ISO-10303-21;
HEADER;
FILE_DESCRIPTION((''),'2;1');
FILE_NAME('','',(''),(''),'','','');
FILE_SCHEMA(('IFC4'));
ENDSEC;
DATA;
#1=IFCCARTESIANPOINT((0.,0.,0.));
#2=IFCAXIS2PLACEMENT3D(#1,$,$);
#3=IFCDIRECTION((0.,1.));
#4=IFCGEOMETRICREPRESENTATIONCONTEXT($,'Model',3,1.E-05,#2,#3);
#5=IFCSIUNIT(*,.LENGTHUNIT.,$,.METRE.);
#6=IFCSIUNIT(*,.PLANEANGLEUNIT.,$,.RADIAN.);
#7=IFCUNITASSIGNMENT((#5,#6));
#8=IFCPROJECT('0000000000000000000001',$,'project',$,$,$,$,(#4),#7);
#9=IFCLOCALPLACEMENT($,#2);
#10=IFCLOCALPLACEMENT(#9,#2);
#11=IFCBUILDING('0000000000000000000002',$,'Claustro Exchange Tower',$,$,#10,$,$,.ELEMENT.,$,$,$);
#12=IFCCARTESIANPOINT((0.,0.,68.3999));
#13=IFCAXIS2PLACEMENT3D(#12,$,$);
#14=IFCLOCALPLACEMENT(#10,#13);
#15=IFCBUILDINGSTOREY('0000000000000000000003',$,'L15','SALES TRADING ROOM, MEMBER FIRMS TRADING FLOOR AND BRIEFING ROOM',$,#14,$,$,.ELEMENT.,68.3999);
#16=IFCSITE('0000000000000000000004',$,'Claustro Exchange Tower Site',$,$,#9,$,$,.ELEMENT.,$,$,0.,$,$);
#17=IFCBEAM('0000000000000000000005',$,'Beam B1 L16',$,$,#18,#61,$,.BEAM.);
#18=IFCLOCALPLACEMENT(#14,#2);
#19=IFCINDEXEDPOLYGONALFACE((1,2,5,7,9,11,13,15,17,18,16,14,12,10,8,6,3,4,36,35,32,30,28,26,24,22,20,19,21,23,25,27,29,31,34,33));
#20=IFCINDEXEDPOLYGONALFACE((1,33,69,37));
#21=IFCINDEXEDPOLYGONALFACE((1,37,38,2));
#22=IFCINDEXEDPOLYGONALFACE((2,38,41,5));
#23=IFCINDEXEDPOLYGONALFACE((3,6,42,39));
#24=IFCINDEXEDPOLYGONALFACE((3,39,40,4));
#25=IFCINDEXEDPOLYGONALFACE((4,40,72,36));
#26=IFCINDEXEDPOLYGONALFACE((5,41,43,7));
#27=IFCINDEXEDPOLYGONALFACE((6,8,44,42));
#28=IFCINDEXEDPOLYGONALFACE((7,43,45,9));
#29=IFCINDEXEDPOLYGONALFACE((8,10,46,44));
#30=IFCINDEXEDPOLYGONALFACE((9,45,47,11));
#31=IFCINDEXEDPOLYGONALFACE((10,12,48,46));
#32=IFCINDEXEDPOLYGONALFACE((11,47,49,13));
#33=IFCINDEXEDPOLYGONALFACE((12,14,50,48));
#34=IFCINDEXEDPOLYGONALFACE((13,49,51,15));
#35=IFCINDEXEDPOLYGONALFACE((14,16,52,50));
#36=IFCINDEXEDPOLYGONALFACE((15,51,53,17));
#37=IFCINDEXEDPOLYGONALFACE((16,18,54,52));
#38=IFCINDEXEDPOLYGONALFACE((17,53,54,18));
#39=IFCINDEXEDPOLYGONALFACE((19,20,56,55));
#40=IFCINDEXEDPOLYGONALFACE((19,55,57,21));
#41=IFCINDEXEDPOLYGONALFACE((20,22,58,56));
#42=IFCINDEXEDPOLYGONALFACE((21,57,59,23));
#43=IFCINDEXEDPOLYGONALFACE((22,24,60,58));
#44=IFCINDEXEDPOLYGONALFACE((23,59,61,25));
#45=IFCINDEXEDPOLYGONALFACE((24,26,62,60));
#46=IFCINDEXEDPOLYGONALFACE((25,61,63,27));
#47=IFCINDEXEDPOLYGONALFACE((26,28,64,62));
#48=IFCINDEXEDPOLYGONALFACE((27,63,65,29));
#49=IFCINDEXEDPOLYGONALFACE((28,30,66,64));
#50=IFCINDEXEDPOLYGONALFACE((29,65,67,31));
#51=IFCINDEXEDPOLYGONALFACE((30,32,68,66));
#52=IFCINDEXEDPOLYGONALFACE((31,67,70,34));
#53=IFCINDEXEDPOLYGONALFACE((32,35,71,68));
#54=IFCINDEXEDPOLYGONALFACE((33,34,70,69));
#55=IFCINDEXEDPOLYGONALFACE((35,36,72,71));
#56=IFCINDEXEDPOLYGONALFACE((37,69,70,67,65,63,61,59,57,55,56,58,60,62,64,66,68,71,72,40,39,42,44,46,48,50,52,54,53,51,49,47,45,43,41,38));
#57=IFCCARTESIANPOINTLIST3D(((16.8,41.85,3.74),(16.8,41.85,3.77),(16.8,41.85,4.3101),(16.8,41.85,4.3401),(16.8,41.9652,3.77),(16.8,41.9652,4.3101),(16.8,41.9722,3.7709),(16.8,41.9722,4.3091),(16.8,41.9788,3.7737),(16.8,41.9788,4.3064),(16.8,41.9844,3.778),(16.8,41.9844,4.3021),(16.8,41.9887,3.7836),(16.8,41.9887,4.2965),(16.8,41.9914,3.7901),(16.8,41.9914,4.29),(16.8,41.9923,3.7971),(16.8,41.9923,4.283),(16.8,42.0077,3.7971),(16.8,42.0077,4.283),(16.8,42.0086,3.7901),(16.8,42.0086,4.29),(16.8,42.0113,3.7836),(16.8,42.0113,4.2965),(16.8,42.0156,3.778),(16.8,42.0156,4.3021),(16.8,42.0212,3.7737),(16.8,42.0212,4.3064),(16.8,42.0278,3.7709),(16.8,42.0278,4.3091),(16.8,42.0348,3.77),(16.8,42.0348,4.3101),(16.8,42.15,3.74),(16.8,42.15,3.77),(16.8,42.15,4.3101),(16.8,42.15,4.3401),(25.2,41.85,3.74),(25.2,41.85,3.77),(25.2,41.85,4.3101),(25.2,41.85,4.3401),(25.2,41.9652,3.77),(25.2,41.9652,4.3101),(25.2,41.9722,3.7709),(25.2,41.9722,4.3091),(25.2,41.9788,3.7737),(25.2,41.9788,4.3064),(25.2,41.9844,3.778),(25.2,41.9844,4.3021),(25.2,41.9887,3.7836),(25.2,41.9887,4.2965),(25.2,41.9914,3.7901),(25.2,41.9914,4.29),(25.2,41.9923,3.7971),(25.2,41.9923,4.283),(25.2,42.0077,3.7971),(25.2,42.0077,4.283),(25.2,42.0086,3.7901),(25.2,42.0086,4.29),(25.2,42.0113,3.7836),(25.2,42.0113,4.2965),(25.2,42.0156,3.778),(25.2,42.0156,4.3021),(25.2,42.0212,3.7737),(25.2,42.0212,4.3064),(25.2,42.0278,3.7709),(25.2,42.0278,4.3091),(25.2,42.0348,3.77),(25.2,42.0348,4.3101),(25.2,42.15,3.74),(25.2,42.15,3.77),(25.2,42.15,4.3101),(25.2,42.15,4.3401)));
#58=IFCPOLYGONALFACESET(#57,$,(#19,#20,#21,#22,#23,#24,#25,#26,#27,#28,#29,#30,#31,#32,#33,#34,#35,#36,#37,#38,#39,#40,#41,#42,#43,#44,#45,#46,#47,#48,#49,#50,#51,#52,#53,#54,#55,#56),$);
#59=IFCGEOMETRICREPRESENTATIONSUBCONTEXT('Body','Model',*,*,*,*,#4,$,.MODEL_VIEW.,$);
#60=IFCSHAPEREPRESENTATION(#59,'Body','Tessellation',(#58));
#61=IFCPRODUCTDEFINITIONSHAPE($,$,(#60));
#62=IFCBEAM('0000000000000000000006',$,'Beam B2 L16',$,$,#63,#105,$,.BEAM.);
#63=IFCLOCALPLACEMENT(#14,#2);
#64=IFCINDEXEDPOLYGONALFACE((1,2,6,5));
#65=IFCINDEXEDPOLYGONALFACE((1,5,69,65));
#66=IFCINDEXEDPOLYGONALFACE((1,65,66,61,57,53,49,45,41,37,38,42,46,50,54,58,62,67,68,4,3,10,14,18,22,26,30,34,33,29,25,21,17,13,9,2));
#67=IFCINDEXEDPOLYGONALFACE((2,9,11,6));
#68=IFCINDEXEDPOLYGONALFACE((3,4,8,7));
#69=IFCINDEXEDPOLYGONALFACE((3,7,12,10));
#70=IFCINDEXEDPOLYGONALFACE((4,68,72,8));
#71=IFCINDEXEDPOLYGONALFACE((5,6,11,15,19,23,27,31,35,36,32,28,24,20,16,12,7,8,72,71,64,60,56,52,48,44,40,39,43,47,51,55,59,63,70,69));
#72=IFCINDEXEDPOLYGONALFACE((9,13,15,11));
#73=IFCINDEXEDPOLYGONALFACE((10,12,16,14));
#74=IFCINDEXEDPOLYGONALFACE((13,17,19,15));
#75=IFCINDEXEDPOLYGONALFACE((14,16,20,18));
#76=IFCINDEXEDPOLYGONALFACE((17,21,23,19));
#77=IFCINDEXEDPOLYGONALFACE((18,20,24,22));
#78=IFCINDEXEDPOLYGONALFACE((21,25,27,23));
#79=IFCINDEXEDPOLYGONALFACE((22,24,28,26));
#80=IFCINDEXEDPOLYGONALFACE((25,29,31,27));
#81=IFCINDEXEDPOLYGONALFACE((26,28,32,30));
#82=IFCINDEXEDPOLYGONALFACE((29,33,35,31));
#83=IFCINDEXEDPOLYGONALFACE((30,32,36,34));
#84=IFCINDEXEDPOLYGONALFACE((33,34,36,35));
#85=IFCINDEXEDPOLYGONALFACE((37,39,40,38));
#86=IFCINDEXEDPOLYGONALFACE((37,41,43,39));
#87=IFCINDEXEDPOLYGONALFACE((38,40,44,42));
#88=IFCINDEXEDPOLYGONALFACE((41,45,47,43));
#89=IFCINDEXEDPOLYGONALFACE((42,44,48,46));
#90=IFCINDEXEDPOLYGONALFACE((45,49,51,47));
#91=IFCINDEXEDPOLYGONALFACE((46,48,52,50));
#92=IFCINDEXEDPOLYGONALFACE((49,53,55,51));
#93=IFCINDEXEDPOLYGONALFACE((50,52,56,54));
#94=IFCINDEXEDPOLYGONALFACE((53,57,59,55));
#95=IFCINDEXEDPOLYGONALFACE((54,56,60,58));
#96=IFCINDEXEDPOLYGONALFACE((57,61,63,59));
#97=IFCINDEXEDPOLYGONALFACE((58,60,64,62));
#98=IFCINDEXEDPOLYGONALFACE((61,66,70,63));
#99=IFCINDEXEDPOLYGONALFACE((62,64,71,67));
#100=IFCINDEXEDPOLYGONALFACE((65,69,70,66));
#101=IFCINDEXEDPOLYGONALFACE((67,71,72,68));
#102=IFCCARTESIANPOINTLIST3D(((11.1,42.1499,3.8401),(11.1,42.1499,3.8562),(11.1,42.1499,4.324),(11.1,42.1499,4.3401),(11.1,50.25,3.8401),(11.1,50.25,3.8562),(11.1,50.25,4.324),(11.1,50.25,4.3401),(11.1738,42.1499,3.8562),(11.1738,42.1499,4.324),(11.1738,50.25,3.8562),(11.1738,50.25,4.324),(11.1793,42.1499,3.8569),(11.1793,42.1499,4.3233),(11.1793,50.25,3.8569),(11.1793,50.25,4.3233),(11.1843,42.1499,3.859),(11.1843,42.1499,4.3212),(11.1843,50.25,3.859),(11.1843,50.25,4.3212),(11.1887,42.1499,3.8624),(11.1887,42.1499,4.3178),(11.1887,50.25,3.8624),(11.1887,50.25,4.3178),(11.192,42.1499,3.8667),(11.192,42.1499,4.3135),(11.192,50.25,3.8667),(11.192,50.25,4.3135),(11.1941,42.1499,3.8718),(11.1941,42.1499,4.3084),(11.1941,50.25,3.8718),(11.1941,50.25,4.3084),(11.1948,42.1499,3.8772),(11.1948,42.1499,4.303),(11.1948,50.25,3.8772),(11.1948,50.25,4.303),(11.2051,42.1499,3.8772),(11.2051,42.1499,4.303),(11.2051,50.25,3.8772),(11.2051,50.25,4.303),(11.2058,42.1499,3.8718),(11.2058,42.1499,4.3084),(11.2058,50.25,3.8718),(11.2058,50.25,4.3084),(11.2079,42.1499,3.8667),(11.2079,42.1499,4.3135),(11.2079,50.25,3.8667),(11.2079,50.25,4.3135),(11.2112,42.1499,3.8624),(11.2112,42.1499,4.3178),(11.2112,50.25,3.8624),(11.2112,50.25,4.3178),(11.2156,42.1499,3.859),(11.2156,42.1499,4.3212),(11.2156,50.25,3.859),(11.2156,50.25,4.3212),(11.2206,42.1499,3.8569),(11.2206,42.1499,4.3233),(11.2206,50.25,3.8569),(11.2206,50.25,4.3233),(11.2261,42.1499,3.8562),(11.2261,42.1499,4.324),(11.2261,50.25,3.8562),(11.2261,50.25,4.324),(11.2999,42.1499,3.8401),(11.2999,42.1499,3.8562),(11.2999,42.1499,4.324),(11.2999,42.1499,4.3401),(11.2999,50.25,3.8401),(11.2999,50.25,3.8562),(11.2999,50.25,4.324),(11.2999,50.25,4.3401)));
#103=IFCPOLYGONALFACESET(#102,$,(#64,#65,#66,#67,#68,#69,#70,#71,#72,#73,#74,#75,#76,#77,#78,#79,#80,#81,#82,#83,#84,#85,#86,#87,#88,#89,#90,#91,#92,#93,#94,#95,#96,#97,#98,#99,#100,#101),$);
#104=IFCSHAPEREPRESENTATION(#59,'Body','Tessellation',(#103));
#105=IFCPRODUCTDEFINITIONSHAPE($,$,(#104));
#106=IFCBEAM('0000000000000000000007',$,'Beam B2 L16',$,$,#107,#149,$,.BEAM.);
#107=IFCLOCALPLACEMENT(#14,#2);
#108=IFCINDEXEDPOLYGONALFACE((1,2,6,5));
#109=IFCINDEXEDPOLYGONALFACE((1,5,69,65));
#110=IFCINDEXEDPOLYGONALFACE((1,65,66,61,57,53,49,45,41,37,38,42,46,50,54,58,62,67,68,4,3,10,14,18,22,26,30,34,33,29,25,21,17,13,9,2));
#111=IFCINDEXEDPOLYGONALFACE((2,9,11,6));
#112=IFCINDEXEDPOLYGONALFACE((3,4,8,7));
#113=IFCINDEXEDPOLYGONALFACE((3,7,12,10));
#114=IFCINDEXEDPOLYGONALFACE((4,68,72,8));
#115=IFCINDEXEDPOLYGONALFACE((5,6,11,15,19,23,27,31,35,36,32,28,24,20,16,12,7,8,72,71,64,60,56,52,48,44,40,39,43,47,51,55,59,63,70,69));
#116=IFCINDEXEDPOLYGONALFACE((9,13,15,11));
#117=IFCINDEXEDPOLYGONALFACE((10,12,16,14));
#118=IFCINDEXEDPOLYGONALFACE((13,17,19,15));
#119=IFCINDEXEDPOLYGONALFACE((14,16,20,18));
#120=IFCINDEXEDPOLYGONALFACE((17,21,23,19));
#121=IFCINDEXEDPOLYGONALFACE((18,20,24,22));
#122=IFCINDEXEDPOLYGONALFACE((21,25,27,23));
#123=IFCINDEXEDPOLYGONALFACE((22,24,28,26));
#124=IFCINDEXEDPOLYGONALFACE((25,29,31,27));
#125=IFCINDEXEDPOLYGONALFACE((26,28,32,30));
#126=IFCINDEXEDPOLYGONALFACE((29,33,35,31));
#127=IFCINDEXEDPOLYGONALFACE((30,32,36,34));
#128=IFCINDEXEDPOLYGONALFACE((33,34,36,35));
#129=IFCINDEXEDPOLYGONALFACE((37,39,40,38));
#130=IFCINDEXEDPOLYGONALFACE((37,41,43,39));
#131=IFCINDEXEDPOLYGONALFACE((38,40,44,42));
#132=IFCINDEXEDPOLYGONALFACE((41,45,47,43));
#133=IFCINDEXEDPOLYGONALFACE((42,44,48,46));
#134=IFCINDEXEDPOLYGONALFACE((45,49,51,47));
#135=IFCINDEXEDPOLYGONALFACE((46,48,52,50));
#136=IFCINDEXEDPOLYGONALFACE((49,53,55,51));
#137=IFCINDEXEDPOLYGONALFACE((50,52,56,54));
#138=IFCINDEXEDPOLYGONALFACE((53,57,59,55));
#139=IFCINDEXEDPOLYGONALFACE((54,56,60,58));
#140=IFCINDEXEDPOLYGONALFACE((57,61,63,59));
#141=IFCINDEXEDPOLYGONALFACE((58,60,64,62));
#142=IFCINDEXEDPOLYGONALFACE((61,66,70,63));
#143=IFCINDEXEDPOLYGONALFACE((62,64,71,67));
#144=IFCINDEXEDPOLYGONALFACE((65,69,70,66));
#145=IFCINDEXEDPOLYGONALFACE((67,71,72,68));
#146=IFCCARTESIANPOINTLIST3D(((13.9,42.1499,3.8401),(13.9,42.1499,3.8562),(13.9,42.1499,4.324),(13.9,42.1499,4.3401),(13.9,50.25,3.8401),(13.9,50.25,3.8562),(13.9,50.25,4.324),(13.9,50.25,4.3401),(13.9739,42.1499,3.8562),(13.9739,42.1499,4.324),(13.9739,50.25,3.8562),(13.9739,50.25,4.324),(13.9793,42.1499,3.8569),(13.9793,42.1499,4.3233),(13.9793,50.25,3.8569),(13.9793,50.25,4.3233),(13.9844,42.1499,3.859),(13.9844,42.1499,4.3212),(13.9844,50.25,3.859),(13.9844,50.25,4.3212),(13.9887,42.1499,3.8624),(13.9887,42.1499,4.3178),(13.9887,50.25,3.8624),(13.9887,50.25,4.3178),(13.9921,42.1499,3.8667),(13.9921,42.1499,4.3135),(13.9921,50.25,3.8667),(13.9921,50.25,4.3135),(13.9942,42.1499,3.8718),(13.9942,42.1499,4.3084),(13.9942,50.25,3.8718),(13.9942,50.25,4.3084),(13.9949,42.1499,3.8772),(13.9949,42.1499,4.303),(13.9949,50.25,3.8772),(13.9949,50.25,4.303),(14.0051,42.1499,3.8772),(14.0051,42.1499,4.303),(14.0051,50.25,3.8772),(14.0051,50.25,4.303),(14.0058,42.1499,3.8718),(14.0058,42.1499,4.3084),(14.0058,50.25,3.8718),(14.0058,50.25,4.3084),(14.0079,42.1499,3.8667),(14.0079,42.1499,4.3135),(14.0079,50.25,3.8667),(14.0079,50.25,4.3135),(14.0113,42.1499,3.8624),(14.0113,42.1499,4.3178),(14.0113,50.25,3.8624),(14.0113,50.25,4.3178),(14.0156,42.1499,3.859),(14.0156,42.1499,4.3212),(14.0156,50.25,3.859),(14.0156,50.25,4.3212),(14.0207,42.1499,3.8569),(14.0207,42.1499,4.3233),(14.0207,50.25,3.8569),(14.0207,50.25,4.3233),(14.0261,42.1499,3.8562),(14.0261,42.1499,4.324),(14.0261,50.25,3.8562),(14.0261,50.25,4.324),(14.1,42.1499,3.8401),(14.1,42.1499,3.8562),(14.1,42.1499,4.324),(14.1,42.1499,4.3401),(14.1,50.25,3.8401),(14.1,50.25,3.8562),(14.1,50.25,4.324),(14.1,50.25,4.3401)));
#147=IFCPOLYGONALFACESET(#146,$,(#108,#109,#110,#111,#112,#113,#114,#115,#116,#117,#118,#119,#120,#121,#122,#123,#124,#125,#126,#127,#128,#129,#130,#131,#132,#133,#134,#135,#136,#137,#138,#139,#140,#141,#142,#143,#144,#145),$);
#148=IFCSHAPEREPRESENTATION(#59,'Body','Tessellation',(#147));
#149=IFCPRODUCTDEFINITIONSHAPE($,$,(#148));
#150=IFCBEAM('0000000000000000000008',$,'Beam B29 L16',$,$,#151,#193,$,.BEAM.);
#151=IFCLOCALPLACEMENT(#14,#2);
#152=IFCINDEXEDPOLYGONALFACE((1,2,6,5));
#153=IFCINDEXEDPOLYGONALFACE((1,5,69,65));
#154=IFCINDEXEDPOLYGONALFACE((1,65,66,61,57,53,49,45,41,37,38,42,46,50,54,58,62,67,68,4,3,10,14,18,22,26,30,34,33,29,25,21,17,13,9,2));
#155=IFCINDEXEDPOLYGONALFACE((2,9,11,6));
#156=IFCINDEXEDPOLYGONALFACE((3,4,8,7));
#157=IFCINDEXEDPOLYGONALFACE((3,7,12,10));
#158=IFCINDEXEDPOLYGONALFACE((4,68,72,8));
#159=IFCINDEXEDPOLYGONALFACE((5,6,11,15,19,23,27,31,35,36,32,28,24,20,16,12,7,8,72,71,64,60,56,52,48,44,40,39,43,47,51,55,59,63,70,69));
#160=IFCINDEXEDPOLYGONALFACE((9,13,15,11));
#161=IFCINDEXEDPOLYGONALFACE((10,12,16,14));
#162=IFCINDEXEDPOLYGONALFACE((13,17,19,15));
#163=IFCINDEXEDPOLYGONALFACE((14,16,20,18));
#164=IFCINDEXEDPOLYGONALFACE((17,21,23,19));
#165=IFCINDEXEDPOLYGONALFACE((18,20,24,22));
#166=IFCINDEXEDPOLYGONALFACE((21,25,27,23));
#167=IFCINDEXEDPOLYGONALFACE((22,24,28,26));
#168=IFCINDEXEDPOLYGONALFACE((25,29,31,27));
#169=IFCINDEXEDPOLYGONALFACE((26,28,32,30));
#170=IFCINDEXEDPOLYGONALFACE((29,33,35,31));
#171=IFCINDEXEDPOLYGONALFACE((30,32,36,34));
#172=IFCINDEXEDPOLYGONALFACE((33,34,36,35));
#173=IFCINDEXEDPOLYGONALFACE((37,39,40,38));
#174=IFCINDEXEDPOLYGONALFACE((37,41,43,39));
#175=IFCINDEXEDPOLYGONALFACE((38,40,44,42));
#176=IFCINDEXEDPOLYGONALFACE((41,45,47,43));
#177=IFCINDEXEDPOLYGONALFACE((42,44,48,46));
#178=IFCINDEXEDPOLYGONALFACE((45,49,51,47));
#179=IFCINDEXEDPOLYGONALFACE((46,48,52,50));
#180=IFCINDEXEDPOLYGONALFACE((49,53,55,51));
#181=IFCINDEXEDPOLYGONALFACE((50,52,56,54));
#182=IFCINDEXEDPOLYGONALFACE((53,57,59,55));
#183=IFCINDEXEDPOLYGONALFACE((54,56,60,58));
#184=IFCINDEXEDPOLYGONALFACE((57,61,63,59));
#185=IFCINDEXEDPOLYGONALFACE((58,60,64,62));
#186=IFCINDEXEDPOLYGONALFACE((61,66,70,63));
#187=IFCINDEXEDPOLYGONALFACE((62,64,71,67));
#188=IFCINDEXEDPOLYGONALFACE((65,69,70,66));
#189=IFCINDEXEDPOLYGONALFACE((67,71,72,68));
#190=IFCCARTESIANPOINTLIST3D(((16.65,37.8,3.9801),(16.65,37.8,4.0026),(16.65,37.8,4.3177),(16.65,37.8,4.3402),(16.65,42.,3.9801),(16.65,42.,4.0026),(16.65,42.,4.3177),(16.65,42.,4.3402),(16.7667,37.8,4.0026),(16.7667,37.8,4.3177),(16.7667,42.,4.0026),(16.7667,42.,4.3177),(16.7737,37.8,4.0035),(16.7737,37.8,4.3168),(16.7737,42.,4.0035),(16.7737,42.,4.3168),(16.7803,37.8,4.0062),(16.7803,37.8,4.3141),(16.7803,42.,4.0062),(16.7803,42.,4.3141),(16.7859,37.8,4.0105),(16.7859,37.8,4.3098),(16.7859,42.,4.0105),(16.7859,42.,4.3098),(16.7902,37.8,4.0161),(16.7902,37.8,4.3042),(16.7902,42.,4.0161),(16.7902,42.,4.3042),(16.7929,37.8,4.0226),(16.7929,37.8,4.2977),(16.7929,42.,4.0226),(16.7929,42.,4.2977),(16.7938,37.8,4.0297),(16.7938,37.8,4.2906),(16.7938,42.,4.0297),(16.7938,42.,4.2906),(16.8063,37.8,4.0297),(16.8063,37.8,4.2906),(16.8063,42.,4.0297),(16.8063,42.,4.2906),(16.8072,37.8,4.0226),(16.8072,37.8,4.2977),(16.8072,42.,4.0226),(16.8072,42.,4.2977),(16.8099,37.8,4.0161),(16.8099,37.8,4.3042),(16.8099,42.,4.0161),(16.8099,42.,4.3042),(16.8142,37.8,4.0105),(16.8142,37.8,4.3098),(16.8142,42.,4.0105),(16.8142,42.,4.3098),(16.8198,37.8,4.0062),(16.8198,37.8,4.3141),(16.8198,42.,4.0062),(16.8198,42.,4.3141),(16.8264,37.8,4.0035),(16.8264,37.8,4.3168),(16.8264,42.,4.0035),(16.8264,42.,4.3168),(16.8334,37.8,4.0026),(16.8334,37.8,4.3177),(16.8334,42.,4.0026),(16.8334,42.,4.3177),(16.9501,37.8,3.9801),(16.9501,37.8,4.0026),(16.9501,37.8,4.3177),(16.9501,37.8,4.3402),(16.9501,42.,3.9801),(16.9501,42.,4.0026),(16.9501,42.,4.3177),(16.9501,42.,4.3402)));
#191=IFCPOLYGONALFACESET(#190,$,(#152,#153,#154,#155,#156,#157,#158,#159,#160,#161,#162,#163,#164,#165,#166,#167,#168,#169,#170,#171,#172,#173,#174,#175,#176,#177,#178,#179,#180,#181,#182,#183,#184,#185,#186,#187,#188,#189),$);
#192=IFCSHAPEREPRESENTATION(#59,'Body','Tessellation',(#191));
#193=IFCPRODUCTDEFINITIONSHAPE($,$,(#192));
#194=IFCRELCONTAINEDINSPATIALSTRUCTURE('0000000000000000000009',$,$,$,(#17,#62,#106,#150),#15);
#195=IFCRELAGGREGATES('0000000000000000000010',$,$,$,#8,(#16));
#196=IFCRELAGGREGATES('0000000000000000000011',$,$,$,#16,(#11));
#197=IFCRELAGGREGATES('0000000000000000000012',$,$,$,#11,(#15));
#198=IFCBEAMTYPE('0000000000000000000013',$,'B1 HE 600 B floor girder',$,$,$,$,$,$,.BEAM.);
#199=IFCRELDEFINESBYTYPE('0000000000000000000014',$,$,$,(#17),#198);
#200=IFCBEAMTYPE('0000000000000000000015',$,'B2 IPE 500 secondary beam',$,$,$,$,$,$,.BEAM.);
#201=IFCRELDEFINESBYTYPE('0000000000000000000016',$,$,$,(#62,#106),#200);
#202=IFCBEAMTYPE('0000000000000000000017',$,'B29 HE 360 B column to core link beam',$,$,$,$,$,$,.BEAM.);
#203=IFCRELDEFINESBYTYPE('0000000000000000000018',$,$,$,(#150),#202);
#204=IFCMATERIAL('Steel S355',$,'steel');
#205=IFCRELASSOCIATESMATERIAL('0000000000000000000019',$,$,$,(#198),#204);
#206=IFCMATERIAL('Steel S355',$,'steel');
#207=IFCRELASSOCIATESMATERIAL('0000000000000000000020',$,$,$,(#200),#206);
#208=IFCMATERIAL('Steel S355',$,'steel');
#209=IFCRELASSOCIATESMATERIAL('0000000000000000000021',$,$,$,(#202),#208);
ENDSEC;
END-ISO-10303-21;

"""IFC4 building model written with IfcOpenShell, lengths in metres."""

from ifc_helpers import new_model, si_unit, direction, frame, origin, origin_2d, place, context, subcontext, project, spatial, i_section, extrude, material, material_profile, profile_set, type_object, element, save


model = new_model("IFC4")

# Units and contexts
model_context = context("Model", 3, precision=1e-05, world=origin(), true_north=direction((0.0, 1.0)))
body_context = subcontext(model_context, "Body", "Model", "MODEL_VIEW")
ifc_project = project(units=[si_unit("LENGTHUNIT", "METRE"), si_unit("PLANEANGLEUNIT", "RADIAN")], contexts=[model_context])

# Site, building, storey
site_placement = place(None, origin())
site = spatial("IfcSite", under=ifc_project, at=site_placement, Name="Claustro Exchange Tower Site", CompositionType="ELEMENT", RefElevation=0.0)
building_placement = place(site_placement, origin())
building = spatial("IfcBuilding", under=site, at=building_placement, Name="Claustro Exchange Tower", CompositionType="ELEMENT")
storey_placement = place(building_placement, frame((0.0, 0.0, 68.3999)))
storey = spatial("IfcBuildingStorey", under=building, at=storey_placement, Name="L15", Description="SALES TRADING ROOM, MEMBER FIRMS TRADING FLOOR AND BRIEFING ROOM", CompositionType="ELEMENT", Elevation=68.3999)

# Beams
ifc_material_1 = material(Name="Steel S355", Category="steel")
ifc_material_profile_1 = material_profile(ifc_material_1, i_section(OverallWidth=0.3, OverallDepth=0.6001, WebThickness=0.0154, FlangeThickness=0.03, FilletRadius=0.0271, at=origin_2d()), Name="HE 600 B")
ifc_profile_set_1 = profile_set([ifc_material_profile_1], Name="Steel S355")
beam_type_1 = type_object("IfcBeamType", Name="B1 HE 600 B floor girder", PredefinedType="BEAM", material=ifc_profile_set_1)
beam_1_placement = place(storey_placement, frame((16.8, 42.0, 4.04), z_axis=(1.0, 0.0, 0.0), x_axis=(0.0, 1.0, 0.0)))
element("IfcBeam", 1, at=beam_1_placement, inside=storey, type_object=beam_type_1, Name="Beam B1 L16", PredefinedType="BEAM", context=body_context, shape_type="SweptSolid", body=[
    extrude(i_section(OverallWidth=0.3, OverallDepth=0.6001, WebThickness=0.0154, FlangeThickness=0.03, FilletRadius=0.0271, at=origin_2d()), origin(), (0.0, 0.0, 1.0), 8.3999),
])
ifc_material_2 = material(Name="Steel S355", Category="steel")
ifc_material_profile_2 = material_profile(ifc_material_2, i_section(OverallWidth=0.2, OverallDepth=0.5, WebThickness=0.0103, FlangeThickness=0.0161, FilletRadius=0.021, at=origin_2d()), Name="IPE 500")
ifc_profile_set_2 = profile_set([ifc_material_profile_2], Name="Steel S355")
beam_type_2 = type_object("IfcBeamType", Name="B2 IPE 500 secondary beam", PredefinedType="BEAM", material=ifc_profile_set_2)
for number, where, z_axis, x_axis, name in (
    (2, (11.2, 42.1499, 4.0901), (0.0, 1.0, 0.0), (-1.0, 0.0, 0.0), "Beam B2 L16"),
    (3, (14.0, 42.1499, 4.0901), (0.0, 1.0, 0.0), (-1.0, 0.0, 0.0), "Beam B2 L16"),
):
    element("IfcBeam", number, at=place(storey_placement, frame(where, z_axis=z_axis, x_axis=x_axis)), inside=storey, type_object=beam_type_2, Name=name, PredefinedType="BEAM", context=body_context, shape_type="SweptSolid", body=[
        extrude(i_section(OverallWidth=0.2, OverallDepth=0.5, WebThickness=0.0103, FlangeThickness=0.0161, FilletRadius=0.021, at=origin_2d()), origin(), (0.0, 0.0, 1.0), 8.1001),
    ])
ifc_material_3 = material(Name="Steel S355", Category="steel")
ifc_material_profile_3 = material_profile(ifc_material_3, i_section(OverallWidth=0.3, OverallDepth=0.3601, WebThickness=0.0125, FlangeThickness=0.0225, FilletRadius=0.0271, at=origin_2d()), Name="HE 360 B")
ifc_profile_set_3 = profile_set([ifc_material_profile_3], Name="Steel S355")
beam_type_3 = type_object("IfcBeamType", Name="B29 HE 360 B column to core link beam", PredefinedType="BEAM", material=ifc_profile_set_3)
beam_2_placement = place(storey_placement, frame((16.8, 37.8, 4.1602), z_axis=(0.0, 1.0, 0.0), x_axis=(-1.0, 0.0, 0.0)))
element("IfcBeam", 4, at=beam_2_placement, inside=storey, type_object=beam_type_3, Name="Beam B29 L16", PredefinedType="BEAM", context=body_context, shape_type="SweptSolid", body=[
    extrude(i_section(OverallWidth=0.3, OverallDepth=0.3601, WebThickness=0.0125, FlangeThickness=0.0225, FilletRadius=0.0271, at=origin_2d()), origin(), (0.0, 0.0, 1.0), 4.2),
])

save(model, "model.ifc")
